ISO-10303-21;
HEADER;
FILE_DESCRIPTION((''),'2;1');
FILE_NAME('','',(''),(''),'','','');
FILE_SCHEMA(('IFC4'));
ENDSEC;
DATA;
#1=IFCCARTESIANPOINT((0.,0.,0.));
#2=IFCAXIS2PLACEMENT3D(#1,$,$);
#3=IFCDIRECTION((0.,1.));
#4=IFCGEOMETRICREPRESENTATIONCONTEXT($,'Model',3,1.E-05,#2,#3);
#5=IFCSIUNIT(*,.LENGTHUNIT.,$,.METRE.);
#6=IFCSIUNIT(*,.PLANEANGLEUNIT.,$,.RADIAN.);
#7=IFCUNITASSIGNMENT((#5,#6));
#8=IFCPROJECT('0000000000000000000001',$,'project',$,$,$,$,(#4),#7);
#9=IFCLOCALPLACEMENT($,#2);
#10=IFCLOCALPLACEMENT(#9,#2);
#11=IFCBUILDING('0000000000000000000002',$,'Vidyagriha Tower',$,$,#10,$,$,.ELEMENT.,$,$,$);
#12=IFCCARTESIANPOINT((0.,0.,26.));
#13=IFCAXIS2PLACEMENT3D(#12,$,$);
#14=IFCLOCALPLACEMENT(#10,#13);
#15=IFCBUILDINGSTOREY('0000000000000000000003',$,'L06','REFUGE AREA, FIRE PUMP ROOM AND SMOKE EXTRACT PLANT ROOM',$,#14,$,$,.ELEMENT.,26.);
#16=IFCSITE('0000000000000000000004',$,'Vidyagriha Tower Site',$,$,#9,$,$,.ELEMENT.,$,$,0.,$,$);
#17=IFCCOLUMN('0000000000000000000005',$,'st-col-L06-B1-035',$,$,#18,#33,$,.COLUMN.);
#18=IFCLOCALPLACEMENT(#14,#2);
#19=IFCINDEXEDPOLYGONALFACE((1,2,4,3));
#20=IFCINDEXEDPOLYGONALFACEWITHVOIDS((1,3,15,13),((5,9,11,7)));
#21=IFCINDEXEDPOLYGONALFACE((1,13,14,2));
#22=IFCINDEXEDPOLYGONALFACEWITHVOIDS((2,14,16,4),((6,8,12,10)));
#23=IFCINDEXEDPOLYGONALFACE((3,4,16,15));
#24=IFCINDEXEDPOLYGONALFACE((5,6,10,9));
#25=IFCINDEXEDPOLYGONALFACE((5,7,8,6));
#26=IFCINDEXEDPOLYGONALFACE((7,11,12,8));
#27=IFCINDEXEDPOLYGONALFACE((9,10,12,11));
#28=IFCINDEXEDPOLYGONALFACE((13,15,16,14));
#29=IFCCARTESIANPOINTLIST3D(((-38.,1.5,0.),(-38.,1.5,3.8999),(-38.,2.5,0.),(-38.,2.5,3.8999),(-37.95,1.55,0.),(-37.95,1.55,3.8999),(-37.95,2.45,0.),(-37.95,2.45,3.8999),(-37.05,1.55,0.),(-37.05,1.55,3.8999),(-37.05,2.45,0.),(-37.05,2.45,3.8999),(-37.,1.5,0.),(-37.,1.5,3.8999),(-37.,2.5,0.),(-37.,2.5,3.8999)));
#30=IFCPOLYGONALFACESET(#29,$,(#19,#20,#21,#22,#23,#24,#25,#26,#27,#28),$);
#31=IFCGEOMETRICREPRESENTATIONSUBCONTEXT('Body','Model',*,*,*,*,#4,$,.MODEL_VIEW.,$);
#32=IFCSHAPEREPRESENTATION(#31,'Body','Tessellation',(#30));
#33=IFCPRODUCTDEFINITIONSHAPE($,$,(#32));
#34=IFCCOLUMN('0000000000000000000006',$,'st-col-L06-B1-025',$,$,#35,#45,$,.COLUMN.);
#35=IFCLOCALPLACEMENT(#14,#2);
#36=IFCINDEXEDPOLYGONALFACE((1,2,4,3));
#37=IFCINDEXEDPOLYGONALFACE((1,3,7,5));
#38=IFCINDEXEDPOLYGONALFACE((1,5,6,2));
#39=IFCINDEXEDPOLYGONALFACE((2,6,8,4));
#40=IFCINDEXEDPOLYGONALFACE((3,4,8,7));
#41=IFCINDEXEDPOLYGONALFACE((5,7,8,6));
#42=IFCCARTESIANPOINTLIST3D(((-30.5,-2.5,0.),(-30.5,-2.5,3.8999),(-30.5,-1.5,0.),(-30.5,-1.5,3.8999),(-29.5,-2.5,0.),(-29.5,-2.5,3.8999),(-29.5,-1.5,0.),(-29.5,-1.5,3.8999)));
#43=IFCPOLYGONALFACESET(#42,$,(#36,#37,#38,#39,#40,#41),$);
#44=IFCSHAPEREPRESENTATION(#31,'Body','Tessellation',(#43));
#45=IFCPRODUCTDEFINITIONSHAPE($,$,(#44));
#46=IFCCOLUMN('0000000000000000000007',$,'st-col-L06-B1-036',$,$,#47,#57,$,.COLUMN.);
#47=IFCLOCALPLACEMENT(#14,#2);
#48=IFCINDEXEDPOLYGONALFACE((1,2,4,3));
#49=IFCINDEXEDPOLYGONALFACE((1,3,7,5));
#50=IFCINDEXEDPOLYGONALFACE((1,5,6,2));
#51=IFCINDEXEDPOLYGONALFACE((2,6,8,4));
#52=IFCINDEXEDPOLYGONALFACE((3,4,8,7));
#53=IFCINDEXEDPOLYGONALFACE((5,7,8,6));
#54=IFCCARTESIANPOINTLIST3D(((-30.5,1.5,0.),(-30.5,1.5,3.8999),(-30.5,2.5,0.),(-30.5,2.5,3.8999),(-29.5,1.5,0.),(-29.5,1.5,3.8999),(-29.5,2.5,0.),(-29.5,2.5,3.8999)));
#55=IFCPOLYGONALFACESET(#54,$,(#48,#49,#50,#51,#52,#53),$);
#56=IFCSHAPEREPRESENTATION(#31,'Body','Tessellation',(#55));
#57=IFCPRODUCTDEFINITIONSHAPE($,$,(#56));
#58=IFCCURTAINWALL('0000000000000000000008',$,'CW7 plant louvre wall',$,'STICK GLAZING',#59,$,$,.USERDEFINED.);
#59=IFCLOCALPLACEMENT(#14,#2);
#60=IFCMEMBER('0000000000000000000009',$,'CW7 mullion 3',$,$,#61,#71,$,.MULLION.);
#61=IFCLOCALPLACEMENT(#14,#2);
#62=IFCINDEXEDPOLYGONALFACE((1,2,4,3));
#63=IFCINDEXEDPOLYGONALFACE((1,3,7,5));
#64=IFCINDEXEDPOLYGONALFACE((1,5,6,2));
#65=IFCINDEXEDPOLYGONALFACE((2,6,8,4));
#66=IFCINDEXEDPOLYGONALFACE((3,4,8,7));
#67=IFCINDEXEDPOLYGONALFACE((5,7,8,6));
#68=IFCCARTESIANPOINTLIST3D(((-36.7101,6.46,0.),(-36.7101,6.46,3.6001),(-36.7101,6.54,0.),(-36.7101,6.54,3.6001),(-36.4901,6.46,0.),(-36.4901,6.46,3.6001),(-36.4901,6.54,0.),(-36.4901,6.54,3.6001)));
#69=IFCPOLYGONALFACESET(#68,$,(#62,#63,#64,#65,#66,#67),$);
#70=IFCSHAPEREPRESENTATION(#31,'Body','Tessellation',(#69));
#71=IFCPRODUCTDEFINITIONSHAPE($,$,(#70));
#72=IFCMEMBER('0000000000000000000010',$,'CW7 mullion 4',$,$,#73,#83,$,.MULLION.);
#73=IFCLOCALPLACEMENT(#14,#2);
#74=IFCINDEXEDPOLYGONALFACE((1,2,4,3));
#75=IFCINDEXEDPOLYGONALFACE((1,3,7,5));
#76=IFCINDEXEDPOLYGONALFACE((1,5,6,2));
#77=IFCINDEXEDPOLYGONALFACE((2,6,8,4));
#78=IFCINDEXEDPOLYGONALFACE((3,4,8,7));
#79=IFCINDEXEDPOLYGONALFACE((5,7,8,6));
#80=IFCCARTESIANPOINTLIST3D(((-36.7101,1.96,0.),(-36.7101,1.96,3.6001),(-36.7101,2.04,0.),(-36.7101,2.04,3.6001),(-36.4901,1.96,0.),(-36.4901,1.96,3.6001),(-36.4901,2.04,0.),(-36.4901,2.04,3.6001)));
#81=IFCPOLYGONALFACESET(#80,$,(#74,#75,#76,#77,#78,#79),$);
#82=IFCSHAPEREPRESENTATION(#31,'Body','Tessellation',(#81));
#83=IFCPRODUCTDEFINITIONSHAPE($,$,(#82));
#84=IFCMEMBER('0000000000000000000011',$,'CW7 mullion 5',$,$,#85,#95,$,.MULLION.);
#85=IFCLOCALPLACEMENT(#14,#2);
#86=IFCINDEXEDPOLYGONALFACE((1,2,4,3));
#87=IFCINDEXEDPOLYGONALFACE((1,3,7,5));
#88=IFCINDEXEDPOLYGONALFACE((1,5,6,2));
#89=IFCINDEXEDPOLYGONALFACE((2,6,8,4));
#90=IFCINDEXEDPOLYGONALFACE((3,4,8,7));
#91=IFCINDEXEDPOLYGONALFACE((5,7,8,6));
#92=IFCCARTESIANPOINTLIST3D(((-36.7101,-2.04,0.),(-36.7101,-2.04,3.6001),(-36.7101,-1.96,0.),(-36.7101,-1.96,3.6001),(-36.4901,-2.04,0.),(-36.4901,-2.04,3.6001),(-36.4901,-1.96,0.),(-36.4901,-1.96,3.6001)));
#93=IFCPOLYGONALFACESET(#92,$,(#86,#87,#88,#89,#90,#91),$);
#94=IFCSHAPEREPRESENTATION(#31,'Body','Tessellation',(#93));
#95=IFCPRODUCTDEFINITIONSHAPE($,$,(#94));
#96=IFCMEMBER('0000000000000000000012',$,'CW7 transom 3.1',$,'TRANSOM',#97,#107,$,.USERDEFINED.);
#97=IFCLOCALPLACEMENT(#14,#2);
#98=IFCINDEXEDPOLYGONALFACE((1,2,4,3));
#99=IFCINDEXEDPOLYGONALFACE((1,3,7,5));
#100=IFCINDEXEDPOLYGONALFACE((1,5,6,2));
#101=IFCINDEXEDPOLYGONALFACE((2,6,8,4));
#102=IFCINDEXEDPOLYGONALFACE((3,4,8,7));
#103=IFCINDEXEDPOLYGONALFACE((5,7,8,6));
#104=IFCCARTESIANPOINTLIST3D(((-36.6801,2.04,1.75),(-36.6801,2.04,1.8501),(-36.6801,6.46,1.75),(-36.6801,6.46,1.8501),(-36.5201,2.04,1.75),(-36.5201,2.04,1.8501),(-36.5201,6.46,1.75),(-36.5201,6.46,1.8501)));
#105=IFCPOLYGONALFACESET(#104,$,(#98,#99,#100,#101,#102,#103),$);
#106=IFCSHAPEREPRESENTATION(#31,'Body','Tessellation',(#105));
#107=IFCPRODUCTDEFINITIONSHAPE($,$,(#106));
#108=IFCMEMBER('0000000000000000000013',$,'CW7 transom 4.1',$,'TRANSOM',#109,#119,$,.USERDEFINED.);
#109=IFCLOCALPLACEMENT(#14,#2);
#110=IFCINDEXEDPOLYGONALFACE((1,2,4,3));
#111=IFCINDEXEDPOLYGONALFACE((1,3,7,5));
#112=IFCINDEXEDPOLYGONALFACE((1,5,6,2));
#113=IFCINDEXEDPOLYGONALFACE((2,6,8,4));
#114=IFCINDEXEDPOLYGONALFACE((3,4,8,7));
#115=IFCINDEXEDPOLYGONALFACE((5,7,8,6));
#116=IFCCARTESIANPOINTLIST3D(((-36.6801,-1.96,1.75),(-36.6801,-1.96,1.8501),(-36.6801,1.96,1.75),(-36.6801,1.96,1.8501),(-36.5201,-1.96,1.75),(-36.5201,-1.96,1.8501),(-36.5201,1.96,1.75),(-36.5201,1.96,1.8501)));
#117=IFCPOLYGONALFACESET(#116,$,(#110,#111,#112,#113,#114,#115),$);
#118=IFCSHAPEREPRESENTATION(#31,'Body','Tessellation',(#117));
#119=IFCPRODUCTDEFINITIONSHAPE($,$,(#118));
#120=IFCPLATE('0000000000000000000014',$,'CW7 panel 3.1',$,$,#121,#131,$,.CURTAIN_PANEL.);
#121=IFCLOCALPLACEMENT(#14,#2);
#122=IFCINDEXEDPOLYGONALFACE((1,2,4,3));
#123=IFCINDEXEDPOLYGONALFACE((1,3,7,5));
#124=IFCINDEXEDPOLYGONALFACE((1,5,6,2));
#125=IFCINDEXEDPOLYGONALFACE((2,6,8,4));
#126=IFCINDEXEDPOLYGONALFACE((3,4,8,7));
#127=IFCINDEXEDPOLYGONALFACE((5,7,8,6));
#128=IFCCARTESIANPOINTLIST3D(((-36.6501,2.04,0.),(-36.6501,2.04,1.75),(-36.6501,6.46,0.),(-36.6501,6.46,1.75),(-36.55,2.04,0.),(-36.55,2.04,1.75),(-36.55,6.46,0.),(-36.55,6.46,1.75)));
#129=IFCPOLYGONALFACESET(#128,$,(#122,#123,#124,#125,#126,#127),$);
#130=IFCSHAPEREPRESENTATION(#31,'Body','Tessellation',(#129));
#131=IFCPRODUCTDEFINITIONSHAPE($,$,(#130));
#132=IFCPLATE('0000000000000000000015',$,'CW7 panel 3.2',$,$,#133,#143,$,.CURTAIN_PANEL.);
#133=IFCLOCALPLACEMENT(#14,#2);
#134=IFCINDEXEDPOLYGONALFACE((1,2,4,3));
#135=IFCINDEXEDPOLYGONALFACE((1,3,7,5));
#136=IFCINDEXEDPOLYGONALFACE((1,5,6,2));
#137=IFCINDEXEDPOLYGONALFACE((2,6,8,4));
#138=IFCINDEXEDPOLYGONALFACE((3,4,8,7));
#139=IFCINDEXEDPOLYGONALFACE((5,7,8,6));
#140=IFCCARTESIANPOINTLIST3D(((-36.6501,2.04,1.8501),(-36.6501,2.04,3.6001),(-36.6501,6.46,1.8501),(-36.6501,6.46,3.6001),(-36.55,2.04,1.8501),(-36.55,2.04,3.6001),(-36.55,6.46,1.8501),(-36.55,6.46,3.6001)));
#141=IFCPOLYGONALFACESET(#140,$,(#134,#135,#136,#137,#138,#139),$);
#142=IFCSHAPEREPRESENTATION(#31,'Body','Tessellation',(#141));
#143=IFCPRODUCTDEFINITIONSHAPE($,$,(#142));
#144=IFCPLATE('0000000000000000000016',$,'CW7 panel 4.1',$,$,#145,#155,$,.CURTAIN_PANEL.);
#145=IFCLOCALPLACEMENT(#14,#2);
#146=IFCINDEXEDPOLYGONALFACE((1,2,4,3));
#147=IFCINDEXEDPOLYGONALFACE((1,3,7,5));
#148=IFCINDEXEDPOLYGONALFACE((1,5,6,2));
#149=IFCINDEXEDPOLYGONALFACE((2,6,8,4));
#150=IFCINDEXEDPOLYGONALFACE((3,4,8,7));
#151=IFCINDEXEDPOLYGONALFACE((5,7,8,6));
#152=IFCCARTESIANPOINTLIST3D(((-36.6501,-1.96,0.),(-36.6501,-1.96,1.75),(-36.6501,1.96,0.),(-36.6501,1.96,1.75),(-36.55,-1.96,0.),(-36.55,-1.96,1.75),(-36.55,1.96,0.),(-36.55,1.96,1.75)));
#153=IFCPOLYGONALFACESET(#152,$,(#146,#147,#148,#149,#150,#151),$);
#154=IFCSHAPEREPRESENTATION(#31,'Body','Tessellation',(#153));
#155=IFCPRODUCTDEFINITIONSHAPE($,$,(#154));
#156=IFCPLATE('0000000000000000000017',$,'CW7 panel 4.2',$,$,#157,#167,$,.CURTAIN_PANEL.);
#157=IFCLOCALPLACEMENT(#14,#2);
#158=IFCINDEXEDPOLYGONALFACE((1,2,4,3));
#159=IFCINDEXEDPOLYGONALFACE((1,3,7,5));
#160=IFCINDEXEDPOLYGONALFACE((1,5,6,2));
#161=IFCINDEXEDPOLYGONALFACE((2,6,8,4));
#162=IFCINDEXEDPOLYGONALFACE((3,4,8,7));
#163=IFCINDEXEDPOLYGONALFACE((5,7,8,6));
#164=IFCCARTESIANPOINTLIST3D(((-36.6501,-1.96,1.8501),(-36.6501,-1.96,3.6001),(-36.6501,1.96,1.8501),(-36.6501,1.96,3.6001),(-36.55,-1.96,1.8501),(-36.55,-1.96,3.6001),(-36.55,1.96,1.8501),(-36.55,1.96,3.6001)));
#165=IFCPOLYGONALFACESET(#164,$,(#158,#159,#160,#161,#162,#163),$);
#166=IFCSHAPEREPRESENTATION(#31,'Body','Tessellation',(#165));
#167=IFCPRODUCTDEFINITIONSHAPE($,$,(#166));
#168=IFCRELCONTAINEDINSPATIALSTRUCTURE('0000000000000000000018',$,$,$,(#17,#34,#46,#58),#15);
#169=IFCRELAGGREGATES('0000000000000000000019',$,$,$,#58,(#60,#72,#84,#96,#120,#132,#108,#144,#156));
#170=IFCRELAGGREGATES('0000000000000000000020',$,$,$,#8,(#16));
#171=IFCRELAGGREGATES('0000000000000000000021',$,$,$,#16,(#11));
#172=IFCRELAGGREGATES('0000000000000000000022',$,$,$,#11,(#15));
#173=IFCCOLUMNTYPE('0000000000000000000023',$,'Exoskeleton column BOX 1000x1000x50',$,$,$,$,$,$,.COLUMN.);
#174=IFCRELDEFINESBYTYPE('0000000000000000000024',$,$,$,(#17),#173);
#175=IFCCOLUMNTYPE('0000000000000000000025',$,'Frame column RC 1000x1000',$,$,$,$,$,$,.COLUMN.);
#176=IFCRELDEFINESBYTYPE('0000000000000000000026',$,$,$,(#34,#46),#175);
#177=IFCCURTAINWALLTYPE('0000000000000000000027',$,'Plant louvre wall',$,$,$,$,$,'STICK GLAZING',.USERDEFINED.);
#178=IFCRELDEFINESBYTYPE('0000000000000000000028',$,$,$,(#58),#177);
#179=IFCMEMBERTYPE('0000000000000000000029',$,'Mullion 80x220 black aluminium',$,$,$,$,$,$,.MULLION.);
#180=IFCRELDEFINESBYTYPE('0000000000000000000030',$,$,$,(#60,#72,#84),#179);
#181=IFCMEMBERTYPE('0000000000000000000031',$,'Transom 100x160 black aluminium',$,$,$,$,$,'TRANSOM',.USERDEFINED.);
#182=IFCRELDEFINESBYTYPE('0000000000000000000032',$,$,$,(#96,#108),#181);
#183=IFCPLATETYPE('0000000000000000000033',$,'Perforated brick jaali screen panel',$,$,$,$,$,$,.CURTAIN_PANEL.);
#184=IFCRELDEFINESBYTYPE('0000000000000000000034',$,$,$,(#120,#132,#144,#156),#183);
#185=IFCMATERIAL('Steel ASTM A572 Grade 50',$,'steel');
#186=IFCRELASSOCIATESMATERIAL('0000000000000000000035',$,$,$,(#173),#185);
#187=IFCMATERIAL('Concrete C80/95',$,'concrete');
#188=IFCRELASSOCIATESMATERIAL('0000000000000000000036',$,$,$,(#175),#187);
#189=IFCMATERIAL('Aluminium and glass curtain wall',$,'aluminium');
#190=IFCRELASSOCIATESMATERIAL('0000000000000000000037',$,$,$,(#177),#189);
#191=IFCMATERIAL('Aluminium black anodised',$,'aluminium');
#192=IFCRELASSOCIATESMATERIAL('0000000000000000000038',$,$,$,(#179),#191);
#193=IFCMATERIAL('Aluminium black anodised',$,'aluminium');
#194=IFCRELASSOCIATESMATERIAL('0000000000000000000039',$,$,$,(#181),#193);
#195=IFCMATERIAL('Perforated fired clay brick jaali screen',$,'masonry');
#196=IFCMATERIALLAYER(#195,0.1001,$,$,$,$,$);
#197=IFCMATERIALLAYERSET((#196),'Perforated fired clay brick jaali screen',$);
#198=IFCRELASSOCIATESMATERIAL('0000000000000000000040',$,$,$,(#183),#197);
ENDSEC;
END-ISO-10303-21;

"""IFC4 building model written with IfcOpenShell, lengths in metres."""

from ifc_helpers import new_model, si_unit, direction, frame, origin, origin_2d, place, context, subcontext, project, spatial, rectangle, hollow_rectangle, extrude, material, layer, layer_set, material_profile, profile_set, type_object, element, aggregate, save


model = new_model("IFC4")

# Units and contexts
model_context = context("Model", 3, precision=1e-05, world=origin(), true_north=direction((0.0, 1.0)))
body_context = subcontext(model_context, "Body", "Model", "MODEL_VIEW")
ifc_project = project(units=[si_unit("LENGTHUNIT", "METRE"), si_unit("PLANEANGLEUNIT", "RADIAN")], contexts=[model_context])

# Site, building, storey
site_placement = place(None, origin())
site = spatial("IfcSite", under=ifc_project, at=site_placement, Name="Vidyagriha Tower Site", CompositionType="ELEMENT", RefElevation=0.0)
building_placement = place(site_placement, origin())
building = spatial("IfcBuilding", under=site, at=building_placement, Name="Vidyagriha Tower", CompositionType="ELEMENT")
storey_placement = place(building_placement, frame((0.0, 0.0, 26.0)))
storey = spatial("IfcBuildingStorey", under=building, at=storey_placement, Name="L06", Description="REFUGE AREA, FIRE PUMP ROOM AND SMOKE EXTRACT PLANT ROOM", CompositionType="ELEMENT", Elevation=26.0)

# Columns
ifc_material_1 = material(Name="Steel ASTM A572 Grade 50", Category="steel")
ifc_material_profile_1 = material_profile(ifc_material_1, hollow_rectangle(XDim=1.0, YDim=1.0, WallThickness=0.05, at=origin_2d()), Name="BOX 1000x1000x50")
ifc_profile_set_1 = profile_set([ifc_material_profile_1], Name="Steel ASTM A572 Grade 50")
column_type_1 = type_object("IfcColumnType", Name="Exoskeleton column BOX 1000x1000x50", PredefinedType="COLUMN", material=ifc_profile_set_1)
column_placement = place(storey_placement, frame((-37.5, 2.0, 0.0)))
element("IfcColumn", 1, at=column_placement, inside=storey, type_object=column_type_1, Name="st-col-L06-B1-035", PredefinedType="COLUMN", context=body_context, shape_type="SweptSolid", body=[
    extrude(hollow_rectangle(XDim=1.0, YDim=1.0, WallThickness=0.05, at=origin_2d()), origin(), (0.0, 0.0, 1.0), 3.8999),
])
ifc_material_2 = material(Name="Concrete C80/95", Category="concrete")
ifc_material_profile_2 = material_profile(ifc_material_2, rectangle(XDim=1.0, YDim=1.0, at=origin_2d()), Name="RC 1000x1000")
ifc_profile_set_2 = profile_set([ifc_material_profile_2], Name="Concrete C80/95")
column_type_2 = type_object("IfcColumnType", Name="Frame column RC 1000x1000", PredefinedType="COLUMN", material=ifc_profile_set_2)
for number, where, name in (
    (2, (-30.0, -2.0, 0.0), "st-col-L06-B1-025"),
    (3, (-30.0, 2.0, 0.0), "st-col-L06-B1-036"),
):
    element("IfcColumn", number, at=place(storey_placement, frame(where)), inside=storey, type_object=column_type_2, Name=name, PredefinedType="COLUMN", context=body_context, shape_type="SweptSolid", body=[
        extrude(rectangle(XDim=1.0, YDim=1.0, at=origin_2d()), origin(), (0.0, 0.0, 1.0), 3.8999),
    ])

# Curtain wall, members, plates
ifc_material_3 = material(Name="Aluminium and glass curtain wall", Category="aluminium")
curtain_wall_type = type_object("IfcCurtainWallType", Name="Plant louvre wall", ElementType="STICK GLAZING", PredefinedType="USERDEFINED", material=ifc_material_3)
curtain_wall_placement = place(storey_placement, origin())
curtain_wall = element("IfcCurtainWall", 4, at=curtain_wall_placement, inside=storey, type_object=curtain_wall_type, Name="CW7 plant louvre wall", ObjectType="STICK GLAZING", PredefinedType="USERDEFINED")
ifc_material_4 = material(Name="Aluminium black anodised", Category="aluminium")
ifc_material_profile_3 = material_profile(ifc_material_4, rectangle(XDim=0.22, YDim=0.0801, at=origin_2d()), Name="Mullion 80x220 black aluminium")
ifc_profile_set_3 = profile_set([ifc_material_profile_3], Name="Aluminium black anodised")
member_type_1 = type_object("IfcMemberType", Name="Mullion 80x220 black aluminium", PredefinedType="MULLION", material=ifc_profile_set_3)
member_1_placement = place(storey_placement, frame((-36.6001, 6.5, 0.0)))
member_1 = element("IfcMember", 5, at=member_1_placement, type_object=member_type_1, Name="CW7 mullion 3", PredefinedType="MULLION", context=body_context, shape_type="SweptSolid", body=[
    extrude(rectangle(XDim=0.22, YDim=0.0801, at=origin_2d()), origin(), (0.0, 0.0, 1.0), 3.6001),
])
member_2_placement = place(storey_placement, frame((-36.6001, 2.0, 0.0)))
member_2 = element("IfcMember", 6, at=member_2_placement, type_object=member_type_1, Name="CW7 mullion 4", PredefinedType="MULLION", context=body_context, shape_type="SweptSolid", body=[
    extrude(rectangle(XDim=0.22, YDim=0.0801, at=origin_2d()), origin(), (0.0, 0.0, 1.0), 3.6001),
])
member_3_placement = place(storey_placement, frame((-36.6001, -2.0, 0.0)))
member_3 = element("IfcMember", 7, at=member_3_placement, type_object=member_type_1, Name="CW7 mullion 5", PredefinedType="MULLION", context=body_context, shape_type="SweptSolid", body=[
    extrude(rectangle(XDim=0.22, YDim=0.0801, at=origin_2d()), origin(), (0.0, 0.0, 1.0), 3.6001),
])
ifc_material_5 = material(Name="Aluminium black anodised", Category="aluminium")
ifc_material_profile_4 = material_profile(ifc_material_5, rectangle(XDim=0.1599, YDim=0.1001, at=origin_2d()), Name="Transom 100x160 black aluminium")
ifc_profile_set_4 = profile_set([ifc_material_profile_4], Name="Aluminium black anodised")
member_type_2 = type_object("IfcMemberType", Name="Transom 100x160 black aluminium", ElementType="TRANSOM", PredefinedType="USERDEFINED", material=ifc_profile_set_4)
member_4_placement = place(storey_placement, frame((-36.6001, 6.46, 1.8), z_axis=(0.0, -1.0, 0.0), x_axis=(1.0, 0.0, 0.0)))
member_4 = element("IfcMember", 8, at=member_4_placement, type_object=member_type_2, Name="CW7 transom 3.1", ObjectType="TRANSOM", PredefinedType="USERDEFINED", context=body_context, shape_type="SweptSolid", body=[
    extrude(rectangle(XDim=0.1599, YDim=0.1001, at=origin_2d()), origin(), (0.0, 0.0, 1.0), 4.4199),
])
member_5_placement = place(storey_placement, frame((-36.6001, 1.96, 1.8), z_axis=(0.0, -1.0, 0.0), x_axis=(1.0, 0.0, 0.0)))
member_5 = element("IfcMember", 9, at=member_5_placement, type_object=member_type_2, Name="CW7 transom 4.1", ObjectType="TRANSOM", PredefinedType="USERDEFINED", context=body_context, shape_type="SweptSolid", body=[
    extrude(rectangle(XDim=0.1599, YDim=0.1001, at=origin_2d()), origin(), (0.0, 0.0, 1.0), 3.9199),
])
ifc_material_6 = material(Name="Perforated fired clay brick jaali screen", Category="masonry")
ifc_layer_1 = layer(ifc_material_6, 0.1001)
ifc_layer_set_1 = layer_set([ifc_layer_1], Name="Perforated fired clay brick jaali screen")
plate_type = type_object("IfcPlateType", Name="Perforated brick jaali screen panel", PredefinedType="CURTAIN_PANEL", material=ifc_layer_set_1)
plate_1_placement = place(storey_placement, frame((-36.6001, 4.25, 0.0), z_axis=(0.0, 0.0, 1.0), x_axis=(0.0, -1.0, 0.0)))
plate_1 = element("IfcPlate", 10, at=plate_1_placement, type_object=plate_type, Name="CW7 panel 3.1", PredefinedType="CURTAIN_PANEL", context=body_context, shape_type="SweptSolid", body=[
    extrude(rectangle(XDim=4.4199, YDim=0.1001, at=origin_2d()), origin(), (0.0, 0.0, 1.0), 1.75),
])
plate_2_placement = place(storey_placement, frame((-36.6001, 4.25, 1.8501), z_axis=(0.0, 0.0, 1.0), x_axis=(0.0, -1.0, 0.0)))
plate_2 = element("IfcPlate", 11, at=plate_2_placement, type_object=plate_type, Name="CW7 panel 3.2", PredefinedType="CURTAIN_PANEL", context=body_context, shape_type="SweptSolid", body=[
    extrude(rectangle(XDim=4.4199, YDim=0.1001, at=origin_2d()), origin(), (0.0, 0.0, 1.0), 1.75),
])
plate_3_placement = place(storey_placement, frame((-36.6001, 0.0, 0.0), z_axis=(0.0, 0.0, 1.0), x_axis=(0.0, -1.0, 0.0)))
plate_3 = element("IfcPlate", 12, at=plate_3_placement, type_object=plate_type, Name="CW7 panel 4.1", PredefinedType="CURTAIN_PANEL", context=body_context, shape_type="SweptSolid", body=[
    extrude(rectangle(XDim=3.9199, YDim=0.1001, at=origin_2d()), origin(), (0.0, 0.0, 1.0), 1.75),
])
plate_4_placement = place(storey_placement, frame((-36.6001, 0.0, 1.8501), z_axis=(0.0, 0.0, 1.0), x_axis=(0.0, -1.0, 0.0)))
plate_4 = element("IfcPlate", 13, at=plate_4_placement, type_object=plate_type, Name="CW7 panel 4.2", PredefinedType="CURTAIN_PANEL", context=body_context, shape_type="SweptSolid", body=[
    extrude(rectangle(XDim=3.9199, YDim=0.1001, at=origin_2d()), origin(), (0.0, 0.0, 1.0), 1.75),
])
aggregate(curtain_wall, [member_1, member_2, member_3, member_4, plate_1, plate_2, member_5, plate_3, plate_4])

save(model, "model.ifc")
